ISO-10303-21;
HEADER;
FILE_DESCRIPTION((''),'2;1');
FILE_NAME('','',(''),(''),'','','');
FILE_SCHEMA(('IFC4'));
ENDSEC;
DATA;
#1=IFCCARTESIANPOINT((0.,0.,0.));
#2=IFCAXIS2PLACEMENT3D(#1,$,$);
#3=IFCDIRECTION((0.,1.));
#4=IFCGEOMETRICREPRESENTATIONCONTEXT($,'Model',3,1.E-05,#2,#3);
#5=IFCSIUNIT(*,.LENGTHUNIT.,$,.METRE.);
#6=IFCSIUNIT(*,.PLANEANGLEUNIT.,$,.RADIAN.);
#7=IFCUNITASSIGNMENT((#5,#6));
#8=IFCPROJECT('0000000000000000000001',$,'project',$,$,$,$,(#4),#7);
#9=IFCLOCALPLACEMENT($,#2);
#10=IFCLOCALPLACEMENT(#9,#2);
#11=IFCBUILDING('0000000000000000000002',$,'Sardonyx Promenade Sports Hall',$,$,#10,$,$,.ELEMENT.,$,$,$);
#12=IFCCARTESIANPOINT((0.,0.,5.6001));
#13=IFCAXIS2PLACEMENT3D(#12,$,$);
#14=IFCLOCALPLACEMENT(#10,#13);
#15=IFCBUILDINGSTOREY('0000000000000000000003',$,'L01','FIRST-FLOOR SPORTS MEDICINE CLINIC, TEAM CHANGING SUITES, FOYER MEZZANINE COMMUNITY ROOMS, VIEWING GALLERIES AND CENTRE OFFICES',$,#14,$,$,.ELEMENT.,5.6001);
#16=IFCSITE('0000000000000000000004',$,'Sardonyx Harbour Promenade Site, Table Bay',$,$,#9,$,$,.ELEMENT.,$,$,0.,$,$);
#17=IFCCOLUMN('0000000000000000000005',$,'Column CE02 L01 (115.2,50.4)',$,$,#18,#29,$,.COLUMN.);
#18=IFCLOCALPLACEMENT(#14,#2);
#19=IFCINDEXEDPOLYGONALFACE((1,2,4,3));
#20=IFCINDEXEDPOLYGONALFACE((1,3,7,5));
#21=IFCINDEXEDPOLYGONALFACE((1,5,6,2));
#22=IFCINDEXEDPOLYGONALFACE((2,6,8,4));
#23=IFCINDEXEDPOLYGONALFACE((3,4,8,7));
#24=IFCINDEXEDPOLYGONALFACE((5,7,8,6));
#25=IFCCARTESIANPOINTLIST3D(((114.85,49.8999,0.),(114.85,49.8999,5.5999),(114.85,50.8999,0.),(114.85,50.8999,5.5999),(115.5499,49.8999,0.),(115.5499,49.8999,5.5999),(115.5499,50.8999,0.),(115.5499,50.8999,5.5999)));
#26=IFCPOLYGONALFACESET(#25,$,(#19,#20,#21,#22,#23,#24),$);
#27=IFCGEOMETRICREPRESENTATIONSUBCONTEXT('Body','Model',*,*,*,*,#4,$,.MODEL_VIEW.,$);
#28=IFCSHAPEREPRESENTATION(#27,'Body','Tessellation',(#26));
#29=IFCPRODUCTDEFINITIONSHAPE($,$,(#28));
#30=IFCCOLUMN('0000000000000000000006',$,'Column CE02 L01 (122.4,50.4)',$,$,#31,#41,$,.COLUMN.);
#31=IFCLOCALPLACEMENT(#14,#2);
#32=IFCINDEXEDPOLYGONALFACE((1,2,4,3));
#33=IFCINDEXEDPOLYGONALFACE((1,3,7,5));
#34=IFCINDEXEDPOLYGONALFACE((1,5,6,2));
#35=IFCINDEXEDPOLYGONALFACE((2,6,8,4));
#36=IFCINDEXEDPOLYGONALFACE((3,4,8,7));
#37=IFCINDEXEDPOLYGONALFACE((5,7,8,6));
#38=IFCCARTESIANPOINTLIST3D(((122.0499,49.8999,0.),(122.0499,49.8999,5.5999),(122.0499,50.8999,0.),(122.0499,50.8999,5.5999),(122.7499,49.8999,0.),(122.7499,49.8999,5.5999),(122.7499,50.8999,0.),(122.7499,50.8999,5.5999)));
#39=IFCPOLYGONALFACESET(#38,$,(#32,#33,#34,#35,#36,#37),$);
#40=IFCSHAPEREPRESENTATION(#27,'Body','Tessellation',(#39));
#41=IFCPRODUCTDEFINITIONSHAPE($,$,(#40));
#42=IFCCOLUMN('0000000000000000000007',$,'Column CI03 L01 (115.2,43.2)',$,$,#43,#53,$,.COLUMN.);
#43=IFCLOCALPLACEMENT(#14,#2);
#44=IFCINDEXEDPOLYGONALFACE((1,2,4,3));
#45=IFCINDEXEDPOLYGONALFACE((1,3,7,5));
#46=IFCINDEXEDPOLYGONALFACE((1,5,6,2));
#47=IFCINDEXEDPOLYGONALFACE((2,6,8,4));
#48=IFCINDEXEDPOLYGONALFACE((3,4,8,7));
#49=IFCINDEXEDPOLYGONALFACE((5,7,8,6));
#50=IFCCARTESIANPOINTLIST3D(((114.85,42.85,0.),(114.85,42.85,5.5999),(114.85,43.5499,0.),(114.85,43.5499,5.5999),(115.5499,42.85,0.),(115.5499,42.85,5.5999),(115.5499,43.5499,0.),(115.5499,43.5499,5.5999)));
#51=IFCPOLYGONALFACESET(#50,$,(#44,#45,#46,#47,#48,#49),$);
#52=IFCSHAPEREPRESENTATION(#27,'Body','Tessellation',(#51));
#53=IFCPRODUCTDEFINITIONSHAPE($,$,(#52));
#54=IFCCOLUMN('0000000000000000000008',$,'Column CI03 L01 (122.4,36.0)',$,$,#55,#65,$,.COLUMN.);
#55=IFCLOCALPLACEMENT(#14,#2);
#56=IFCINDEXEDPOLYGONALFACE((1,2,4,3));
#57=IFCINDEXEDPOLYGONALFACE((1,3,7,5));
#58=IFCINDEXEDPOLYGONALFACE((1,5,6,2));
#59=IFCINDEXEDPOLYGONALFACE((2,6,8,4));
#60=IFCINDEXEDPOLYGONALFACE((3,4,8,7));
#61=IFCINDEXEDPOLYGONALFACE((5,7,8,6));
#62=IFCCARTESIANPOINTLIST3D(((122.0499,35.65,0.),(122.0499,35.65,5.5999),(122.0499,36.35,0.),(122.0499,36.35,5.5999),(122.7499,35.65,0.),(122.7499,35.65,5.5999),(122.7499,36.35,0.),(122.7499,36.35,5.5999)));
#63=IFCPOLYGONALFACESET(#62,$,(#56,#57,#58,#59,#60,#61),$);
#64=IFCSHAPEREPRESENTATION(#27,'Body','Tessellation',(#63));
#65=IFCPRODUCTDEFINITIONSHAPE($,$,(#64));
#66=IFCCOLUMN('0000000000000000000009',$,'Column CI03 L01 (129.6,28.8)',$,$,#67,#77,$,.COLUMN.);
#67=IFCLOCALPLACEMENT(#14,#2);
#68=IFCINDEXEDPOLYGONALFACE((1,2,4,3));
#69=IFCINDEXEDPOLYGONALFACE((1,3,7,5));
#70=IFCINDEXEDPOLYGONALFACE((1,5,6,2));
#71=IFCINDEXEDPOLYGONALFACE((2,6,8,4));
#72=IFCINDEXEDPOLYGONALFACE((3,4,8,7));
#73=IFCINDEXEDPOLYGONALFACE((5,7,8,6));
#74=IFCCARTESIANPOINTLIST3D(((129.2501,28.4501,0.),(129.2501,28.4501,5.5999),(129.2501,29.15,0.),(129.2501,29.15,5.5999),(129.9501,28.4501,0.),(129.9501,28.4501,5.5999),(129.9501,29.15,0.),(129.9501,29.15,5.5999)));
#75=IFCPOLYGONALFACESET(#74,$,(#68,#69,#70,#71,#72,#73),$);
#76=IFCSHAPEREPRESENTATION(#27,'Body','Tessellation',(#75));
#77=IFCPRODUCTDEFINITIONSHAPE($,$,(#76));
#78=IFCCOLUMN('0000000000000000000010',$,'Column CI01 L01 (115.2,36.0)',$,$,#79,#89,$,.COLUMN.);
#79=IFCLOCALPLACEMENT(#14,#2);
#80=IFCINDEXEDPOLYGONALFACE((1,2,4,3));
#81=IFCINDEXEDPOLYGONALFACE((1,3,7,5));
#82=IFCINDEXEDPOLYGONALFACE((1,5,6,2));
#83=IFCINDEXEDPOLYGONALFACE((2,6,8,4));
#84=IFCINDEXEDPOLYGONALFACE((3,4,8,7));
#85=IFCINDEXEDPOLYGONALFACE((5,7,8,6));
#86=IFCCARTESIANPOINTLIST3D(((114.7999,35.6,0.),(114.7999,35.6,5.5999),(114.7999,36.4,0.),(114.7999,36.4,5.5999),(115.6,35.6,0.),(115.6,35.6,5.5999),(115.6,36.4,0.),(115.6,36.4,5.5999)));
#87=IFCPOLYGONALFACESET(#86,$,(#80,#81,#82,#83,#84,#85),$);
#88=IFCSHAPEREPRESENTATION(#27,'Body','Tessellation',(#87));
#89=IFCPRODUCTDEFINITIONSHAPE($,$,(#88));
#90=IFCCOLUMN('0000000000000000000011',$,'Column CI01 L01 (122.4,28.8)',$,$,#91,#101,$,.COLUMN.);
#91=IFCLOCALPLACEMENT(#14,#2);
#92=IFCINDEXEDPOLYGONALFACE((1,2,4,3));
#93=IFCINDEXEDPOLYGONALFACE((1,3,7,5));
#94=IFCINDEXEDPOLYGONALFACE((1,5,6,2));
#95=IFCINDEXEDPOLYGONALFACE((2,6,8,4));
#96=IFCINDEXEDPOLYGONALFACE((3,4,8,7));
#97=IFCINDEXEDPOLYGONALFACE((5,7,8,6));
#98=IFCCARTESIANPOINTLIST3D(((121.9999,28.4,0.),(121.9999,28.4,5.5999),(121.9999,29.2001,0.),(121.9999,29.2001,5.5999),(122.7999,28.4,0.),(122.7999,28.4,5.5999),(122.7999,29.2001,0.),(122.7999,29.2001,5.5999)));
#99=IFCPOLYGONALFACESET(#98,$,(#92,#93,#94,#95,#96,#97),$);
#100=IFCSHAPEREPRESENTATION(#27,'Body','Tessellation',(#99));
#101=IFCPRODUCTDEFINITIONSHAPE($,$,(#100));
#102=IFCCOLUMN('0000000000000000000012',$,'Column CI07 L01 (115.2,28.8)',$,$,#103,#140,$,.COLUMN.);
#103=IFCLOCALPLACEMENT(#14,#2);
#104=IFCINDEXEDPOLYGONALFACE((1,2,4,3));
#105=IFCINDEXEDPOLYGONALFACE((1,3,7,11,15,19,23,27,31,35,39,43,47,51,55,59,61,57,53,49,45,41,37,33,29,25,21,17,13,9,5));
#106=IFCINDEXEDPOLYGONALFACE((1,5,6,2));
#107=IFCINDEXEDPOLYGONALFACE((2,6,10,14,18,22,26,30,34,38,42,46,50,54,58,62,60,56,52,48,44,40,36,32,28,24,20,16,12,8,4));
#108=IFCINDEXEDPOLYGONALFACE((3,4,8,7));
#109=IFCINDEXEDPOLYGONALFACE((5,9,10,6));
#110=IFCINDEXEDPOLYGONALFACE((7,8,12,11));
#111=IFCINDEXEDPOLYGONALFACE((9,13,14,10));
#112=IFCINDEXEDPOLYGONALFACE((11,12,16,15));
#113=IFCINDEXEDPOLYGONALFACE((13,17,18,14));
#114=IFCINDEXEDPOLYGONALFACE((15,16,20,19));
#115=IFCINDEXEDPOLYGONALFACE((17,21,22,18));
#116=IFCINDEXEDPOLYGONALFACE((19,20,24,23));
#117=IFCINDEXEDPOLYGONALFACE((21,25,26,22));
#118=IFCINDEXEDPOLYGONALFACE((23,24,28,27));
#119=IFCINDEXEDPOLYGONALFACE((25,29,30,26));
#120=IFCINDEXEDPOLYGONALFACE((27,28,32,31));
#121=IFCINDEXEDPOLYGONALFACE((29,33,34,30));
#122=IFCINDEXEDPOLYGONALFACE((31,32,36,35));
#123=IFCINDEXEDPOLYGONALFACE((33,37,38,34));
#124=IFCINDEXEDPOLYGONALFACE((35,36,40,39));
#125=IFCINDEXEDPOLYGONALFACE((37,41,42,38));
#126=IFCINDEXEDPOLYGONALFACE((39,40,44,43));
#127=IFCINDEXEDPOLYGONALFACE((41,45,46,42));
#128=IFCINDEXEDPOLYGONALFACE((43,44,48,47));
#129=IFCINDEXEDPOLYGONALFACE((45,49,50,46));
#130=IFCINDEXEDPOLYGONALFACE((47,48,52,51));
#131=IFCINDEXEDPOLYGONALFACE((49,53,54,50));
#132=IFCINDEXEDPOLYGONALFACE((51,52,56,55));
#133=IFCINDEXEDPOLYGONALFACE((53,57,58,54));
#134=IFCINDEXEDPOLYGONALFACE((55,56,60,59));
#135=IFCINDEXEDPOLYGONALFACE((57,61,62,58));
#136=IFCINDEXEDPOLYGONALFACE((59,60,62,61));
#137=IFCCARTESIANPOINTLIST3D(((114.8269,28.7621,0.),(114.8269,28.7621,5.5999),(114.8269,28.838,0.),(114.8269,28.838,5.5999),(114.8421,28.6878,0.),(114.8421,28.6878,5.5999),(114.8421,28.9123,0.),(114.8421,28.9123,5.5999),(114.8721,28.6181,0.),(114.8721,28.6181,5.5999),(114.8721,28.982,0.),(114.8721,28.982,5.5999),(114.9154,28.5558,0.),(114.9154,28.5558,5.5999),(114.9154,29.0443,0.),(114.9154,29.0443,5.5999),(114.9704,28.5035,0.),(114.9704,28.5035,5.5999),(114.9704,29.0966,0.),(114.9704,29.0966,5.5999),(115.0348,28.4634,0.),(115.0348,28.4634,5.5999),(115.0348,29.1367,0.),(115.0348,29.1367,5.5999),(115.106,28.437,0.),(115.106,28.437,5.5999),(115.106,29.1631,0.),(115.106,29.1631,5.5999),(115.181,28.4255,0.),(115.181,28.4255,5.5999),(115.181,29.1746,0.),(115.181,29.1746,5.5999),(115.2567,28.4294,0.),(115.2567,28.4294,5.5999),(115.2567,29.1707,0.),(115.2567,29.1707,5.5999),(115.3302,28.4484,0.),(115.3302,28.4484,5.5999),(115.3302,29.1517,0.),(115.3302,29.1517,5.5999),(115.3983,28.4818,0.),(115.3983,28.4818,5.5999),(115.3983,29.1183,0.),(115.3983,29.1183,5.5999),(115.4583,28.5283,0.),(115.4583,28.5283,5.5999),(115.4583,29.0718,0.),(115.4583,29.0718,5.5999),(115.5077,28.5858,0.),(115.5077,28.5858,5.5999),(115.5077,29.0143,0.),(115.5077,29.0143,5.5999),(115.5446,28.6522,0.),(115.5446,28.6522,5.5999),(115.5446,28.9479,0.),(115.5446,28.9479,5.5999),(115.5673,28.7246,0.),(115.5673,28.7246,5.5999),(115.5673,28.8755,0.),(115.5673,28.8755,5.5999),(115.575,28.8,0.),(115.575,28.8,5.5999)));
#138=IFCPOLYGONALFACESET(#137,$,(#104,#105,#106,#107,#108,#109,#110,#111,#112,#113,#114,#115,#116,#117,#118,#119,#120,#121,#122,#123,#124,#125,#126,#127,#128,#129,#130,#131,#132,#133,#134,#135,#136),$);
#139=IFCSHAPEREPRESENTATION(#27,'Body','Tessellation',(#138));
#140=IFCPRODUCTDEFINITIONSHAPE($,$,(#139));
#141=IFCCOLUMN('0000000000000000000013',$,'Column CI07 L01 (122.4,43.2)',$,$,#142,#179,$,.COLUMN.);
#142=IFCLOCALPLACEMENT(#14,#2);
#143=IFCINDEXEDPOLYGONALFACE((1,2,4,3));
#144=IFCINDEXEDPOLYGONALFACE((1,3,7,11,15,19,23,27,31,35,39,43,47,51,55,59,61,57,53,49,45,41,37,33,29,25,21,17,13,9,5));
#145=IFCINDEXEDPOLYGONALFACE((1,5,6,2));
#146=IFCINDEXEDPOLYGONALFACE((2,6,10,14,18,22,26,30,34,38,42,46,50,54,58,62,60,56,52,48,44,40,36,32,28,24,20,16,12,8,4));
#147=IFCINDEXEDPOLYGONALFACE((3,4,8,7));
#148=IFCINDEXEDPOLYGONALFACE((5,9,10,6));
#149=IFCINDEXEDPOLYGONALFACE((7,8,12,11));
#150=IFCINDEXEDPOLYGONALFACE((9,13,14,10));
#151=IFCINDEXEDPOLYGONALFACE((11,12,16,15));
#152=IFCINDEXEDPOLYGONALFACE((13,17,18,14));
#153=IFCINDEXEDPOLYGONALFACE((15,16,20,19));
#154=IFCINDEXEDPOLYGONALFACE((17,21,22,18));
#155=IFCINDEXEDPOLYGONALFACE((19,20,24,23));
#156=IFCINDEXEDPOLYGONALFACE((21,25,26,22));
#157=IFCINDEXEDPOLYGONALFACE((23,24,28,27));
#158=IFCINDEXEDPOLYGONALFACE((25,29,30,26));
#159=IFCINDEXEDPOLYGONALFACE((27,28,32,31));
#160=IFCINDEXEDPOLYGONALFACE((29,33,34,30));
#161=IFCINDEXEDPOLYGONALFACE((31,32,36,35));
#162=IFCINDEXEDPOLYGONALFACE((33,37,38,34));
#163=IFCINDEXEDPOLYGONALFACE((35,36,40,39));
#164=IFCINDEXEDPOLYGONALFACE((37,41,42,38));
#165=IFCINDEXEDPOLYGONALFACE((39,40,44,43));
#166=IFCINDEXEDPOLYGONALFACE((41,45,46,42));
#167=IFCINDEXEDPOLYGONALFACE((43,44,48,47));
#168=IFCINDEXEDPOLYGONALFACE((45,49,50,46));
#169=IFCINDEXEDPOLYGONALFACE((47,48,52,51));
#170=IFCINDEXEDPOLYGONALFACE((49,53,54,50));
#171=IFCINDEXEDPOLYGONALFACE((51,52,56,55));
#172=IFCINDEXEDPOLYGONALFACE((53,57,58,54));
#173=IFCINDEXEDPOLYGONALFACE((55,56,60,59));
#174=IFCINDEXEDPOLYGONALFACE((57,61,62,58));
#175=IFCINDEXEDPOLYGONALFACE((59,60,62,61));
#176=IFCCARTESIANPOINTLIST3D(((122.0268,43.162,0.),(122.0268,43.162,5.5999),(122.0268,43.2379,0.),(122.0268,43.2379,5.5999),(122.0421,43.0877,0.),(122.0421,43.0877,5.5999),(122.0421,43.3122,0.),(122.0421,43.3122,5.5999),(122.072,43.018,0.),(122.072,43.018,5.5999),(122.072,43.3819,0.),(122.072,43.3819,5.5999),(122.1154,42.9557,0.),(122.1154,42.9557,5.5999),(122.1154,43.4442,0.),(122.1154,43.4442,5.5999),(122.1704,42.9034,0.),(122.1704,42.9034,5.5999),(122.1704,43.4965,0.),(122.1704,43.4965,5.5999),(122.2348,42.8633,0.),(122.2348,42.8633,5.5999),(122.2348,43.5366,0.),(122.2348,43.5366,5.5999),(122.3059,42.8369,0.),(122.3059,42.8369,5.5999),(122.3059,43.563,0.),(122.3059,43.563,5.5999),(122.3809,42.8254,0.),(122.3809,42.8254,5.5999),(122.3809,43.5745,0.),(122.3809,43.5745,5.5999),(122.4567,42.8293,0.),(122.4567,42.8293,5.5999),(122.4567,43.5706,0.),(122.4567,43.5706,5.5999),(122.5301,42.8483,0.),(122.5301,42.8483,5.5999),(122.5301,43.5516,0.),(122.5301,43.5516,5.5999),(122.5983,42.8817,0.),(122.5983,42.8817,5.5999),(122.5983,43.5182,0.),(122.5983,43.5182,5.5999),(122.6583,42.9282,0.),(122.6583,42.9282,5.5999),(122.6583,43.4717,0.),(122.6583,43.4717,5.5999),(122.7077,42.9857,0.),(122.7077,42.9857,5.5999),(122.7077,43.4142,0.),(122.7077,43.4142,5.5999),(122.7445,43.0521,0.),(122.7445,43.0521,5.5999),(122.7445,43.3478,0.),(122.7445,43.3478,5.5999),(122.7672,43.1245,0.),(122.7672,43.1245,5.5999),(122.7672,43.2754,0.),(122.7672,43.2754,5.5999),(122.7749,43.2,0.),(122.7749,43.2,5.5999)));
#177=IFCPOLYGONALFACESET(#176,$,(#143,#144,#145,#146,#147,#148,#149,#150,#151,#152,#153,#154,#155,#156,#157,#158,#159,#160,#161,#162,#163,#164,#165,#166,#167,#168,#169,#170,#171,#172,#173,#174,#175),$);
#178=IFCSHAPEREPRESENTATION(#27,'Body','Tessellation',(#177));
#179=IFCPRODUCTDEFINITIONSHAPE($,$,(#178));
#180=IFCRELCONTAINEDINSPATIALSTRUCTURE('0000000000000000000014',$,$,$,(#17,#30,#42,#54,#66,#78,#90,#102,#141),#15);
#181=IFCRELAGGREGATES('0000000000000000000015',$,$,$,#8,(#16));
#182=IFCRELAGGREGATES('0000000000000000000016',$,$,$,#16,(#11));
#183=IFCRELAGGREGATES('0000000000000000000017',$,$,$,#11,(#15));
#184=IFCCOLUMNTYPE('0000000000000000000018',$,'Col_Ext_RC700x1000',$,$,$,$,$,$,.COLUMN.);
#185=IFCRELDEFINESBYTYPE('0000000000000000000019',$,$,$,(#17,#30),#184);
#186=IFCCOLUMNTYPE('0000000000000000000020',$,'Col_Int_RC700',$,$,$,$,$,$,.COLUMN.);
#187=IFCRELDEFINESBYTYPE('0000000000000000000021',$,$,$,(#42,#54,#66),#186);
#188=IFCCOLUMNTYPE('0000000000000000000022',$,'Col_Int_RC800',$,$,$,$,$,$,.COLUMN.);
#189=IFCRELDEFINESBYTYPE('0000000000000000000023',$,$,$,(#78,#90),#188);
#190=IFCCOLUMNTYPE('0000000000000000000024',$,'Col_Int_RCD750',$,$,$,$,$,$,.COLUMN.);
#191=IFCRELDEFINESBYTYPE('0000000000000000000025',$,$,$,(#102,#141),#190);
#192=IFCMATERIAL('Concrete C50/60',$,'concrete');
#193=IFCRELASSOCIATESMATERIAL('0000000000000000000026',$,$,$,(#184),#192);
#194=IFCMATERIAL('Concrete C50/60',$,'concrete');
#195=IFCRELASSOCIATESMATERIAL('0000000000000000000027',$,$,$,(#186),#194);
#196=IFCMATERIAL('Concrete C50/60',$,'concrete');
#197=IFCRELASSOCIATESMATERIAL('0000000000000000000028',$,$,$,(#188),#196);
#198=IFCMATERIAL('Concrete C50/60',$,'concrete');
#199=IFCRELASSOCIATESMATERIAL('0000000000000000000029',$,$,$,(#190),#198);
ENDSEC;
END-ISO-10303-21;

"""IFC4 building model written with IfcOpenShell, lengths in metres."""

from ifc_helpers import new_model, si_unit, direction, frame, origin, origin_2d, place, context, subcontext, project, spatial, rectangle, circle, extrude, material, material_profile, profile_set, type_object, element, save


model = new_model("IFC4")

# Units and contexts
model_context = context("Model", 3, precision=1e-05, world=origin(), true_north=direction((0.0, 1.0)))
body_context = subcontext(model_context, "Body", "Model", "MODEL_VIEW")
ifc_project = project(units=[si_unit("LENGTHUNIT", "METRE"), si_unit("PLANEANGLEUNIT", "RADIAN")], contexts=[model_context])

# Site, building, storey
site_placement = place(None, origin())
site = spatial("IfcSite", under=ifc_project, at=site_placement, Name="Sardonyx Harbour Promenade Site, Table Bay", CompositionType="ELEMENT", RefElevation=0.0)
building_placement = place(site_placement, origin())
building = spatial("IfcBuilding", under=site, at=building_placement, Name="Sardonyx Promenade Sports Hall", CompositionType="ELEMENT")
storey_placement = place(building_placement, frame((0.0, 0.0, 5.6001)))
storey = spatial("IfcBuildingStorey", under=building, at=storey_placement, Name="L01", Description="FIRST-FLOOR SPORTS MEDICINE CLINIC, TEAM CHANGING SUITES, FOYER MEZZANINE COMMUNITY ROOMS, VIEWING GALLERIES AND CENTRE OFFICES", CompositionType="ELEMENT", Elevation=5.6001)

# Columns
ifc_material_1 = material(Name="Concrete C50/60", Category="concrete")
ifc_material_profile_1 = material_profile(ifc_material_1, rectangle(XDim=0.7, YDim=1.0, at=origin_2d()))
ifc_profile_set_1 = profile_set([ifc_material_profile_1], Name="Concrete C50/60")
column_type_1 = type_object("IfcColumnType", Name="Col_Ext_RC700x1000", PredefinedType="COLUMN", material=ifc_profile_set_1)
for number, where, z_axis, x_axis, name in (
    (1, (115.2, 50.3999, 0.0), (0.0, 0.0, 1.0), (1.0, 0.0, 0.0), "Column CE02 L01 (115.2,50.4)"),
    (2, (122.3999, 50.3999, 0.0), (0.0, 0.0, 1.0), (1.0, 0.0, 0.0), "Column CE02 L01 (122.4,50.4)"),
):
    element("IfcColumn", number, at=place(storey_placement, frame(where, z_axis=z_axis, x_axis=x_axis)), inside=storey, type_object=column_type_1, Name=name, PredefinedType="COLUMN", context=body_context, shape_type="SweptSolid", body=[
        extrude(rectangle(XDim=0.7, YDim=1.0, at=origin_2d()), origin(), (0.0, 0.0, 1.0), 5.5999),
    ])
ifc_material_2 = material(Name="Concrete C50/60", Category="concrete")
ifc_material_profile_2 = material_profile(ifc_material_2, rectangle(XDim=0.7, YDim=0.7, at=origin_2d()))
ifc_profile_set_2 = profile_set([ifc_material_profile_2], Name="Concrete C50/60")
column_type_2 = type_object("IfcColumnType", Name="Col_Int_RC700", PredefinedType="COLUMN", material=ifc_profile_set_2)
for number, where, z_axis, x_axis, name in (
    (3, (115.2, 43.2, 0.0), (0.0, 0.0, 1.0), (1.0, 0.0, 0.0), "Column CI03 L01 (115.2,43.2)"),
    (4, (122.3999, 36.0, 0.0), (0.0, 0.0, 1.0), (1.0, 0.0, 0.0), "Column CI03 L01 (122.4,36.0)"),
    (5, (129.6001, 28.8, 0.0), (0.0, 0.0, 1.0), (1.0, 0.0, 0.0), "Column CI03 L01 (129.6,28.8)"),
):
    element("IfcColumn", number, at=place(storey_placement, frame(where, z_axis=z_axis, x_axis=x_axis)), inside=storey, type_object=column_type_2, Name=name, PredefinedType="COLUMN", context=body_context, shape_type="SweptSolid", body=[
        extrude(rectangle(XDim=0.7, YDim=0.7, at=origin_2d()), origin(), (0.0, 0.0, 1.0), 5.5999),
    ])
ifc_material_3 = material(Name="Concrete C50/60", Category="concrete")
ifc_material_profile_3 = material_profile(ifc_material_3, rectangle(XDim=0.8, YDim=0.8, at=origin_2d()))
ifc_profile_set_3 = profile_set([ifc_material_profile_3], Name="Concrete C50/60")
column_type_3 = type_object("IfcColumnType", Name="Col_Int_RC800", PredefinedType="COLUMN", material=ifc_profile_set_3)
for number, where, z_axis, x_axis, name in (
    (6, (115.2, 36.0, 0.0), (0.0, 0.0, 1.0), (1.0, 0.0, 0.0), "Column CI01 L01 (115.2,36.0)"),
    (7, (122.3999, 28.8, 0.0), (0.0, 0.0, 1.0), (1.0, 0.0, 0.0), "Column CI01 L01 (122.4,28.8)"),
):
    element("IfcColumn", number, at=place(storey_placement, frame(where, z_axis=z_axis, x_axis=x_axis)), inside=storey, type_object=column_type_3, Name=name, PredefinedType="COLUMN", context=body_context, shape_type="SweptSolid", body=[
        extrude(rectangle(XDim=0.8, YDim=0.8, at=origin_2d()), origin(), (0.0, 0.0, 1.0), 5.5999),
    ])
ifc_material_4 = material(Name="Concrete C50/60", Category="concrete")
ifc_material_profile_4 = material_profile(ifc_material_4, circle(Radius=0.375, at=origin_2d()))
ifc_profile_set_4 = profile_set([ifc_material_profile_4], Name="Concrete C50/60")
column_type_4 = type_object("IfcColumnType", Name="Col_Int_RCD750", PredefinedType="COLUMN", material=ifc_profile_set_4)
for number, where, z_axis, x_axis, name in (
    (8, (115.2, 28.8, 0.0), (0.0, 0.0, 1.0), (1.0, 0.0, 0.0), "Column CI07 L01 (115.2,28.8)"),
    (9, (122.3999, 43.2, 0.0), (0.0, 0.0, 1.0), (1.0, 0.0, 0.0), "Column CI07 L01 (122.4,43.2)"),
):
    element("IfcColumn", number, at=place(storey_placement, frame(where, z_axis=z_axis, x_axis=x_axis)), inside=storey, type_object=column_type_4, Name=name, PredefinedType="COLUMN", context=body_context, shape_type="SweptSolid", body=[
        extrude(circle(Radius=0.375, at=origin_2d()), origin(), (0.0, 0.0, 1.0), 5.5999),
    ])

save(model, "model.ifc")
